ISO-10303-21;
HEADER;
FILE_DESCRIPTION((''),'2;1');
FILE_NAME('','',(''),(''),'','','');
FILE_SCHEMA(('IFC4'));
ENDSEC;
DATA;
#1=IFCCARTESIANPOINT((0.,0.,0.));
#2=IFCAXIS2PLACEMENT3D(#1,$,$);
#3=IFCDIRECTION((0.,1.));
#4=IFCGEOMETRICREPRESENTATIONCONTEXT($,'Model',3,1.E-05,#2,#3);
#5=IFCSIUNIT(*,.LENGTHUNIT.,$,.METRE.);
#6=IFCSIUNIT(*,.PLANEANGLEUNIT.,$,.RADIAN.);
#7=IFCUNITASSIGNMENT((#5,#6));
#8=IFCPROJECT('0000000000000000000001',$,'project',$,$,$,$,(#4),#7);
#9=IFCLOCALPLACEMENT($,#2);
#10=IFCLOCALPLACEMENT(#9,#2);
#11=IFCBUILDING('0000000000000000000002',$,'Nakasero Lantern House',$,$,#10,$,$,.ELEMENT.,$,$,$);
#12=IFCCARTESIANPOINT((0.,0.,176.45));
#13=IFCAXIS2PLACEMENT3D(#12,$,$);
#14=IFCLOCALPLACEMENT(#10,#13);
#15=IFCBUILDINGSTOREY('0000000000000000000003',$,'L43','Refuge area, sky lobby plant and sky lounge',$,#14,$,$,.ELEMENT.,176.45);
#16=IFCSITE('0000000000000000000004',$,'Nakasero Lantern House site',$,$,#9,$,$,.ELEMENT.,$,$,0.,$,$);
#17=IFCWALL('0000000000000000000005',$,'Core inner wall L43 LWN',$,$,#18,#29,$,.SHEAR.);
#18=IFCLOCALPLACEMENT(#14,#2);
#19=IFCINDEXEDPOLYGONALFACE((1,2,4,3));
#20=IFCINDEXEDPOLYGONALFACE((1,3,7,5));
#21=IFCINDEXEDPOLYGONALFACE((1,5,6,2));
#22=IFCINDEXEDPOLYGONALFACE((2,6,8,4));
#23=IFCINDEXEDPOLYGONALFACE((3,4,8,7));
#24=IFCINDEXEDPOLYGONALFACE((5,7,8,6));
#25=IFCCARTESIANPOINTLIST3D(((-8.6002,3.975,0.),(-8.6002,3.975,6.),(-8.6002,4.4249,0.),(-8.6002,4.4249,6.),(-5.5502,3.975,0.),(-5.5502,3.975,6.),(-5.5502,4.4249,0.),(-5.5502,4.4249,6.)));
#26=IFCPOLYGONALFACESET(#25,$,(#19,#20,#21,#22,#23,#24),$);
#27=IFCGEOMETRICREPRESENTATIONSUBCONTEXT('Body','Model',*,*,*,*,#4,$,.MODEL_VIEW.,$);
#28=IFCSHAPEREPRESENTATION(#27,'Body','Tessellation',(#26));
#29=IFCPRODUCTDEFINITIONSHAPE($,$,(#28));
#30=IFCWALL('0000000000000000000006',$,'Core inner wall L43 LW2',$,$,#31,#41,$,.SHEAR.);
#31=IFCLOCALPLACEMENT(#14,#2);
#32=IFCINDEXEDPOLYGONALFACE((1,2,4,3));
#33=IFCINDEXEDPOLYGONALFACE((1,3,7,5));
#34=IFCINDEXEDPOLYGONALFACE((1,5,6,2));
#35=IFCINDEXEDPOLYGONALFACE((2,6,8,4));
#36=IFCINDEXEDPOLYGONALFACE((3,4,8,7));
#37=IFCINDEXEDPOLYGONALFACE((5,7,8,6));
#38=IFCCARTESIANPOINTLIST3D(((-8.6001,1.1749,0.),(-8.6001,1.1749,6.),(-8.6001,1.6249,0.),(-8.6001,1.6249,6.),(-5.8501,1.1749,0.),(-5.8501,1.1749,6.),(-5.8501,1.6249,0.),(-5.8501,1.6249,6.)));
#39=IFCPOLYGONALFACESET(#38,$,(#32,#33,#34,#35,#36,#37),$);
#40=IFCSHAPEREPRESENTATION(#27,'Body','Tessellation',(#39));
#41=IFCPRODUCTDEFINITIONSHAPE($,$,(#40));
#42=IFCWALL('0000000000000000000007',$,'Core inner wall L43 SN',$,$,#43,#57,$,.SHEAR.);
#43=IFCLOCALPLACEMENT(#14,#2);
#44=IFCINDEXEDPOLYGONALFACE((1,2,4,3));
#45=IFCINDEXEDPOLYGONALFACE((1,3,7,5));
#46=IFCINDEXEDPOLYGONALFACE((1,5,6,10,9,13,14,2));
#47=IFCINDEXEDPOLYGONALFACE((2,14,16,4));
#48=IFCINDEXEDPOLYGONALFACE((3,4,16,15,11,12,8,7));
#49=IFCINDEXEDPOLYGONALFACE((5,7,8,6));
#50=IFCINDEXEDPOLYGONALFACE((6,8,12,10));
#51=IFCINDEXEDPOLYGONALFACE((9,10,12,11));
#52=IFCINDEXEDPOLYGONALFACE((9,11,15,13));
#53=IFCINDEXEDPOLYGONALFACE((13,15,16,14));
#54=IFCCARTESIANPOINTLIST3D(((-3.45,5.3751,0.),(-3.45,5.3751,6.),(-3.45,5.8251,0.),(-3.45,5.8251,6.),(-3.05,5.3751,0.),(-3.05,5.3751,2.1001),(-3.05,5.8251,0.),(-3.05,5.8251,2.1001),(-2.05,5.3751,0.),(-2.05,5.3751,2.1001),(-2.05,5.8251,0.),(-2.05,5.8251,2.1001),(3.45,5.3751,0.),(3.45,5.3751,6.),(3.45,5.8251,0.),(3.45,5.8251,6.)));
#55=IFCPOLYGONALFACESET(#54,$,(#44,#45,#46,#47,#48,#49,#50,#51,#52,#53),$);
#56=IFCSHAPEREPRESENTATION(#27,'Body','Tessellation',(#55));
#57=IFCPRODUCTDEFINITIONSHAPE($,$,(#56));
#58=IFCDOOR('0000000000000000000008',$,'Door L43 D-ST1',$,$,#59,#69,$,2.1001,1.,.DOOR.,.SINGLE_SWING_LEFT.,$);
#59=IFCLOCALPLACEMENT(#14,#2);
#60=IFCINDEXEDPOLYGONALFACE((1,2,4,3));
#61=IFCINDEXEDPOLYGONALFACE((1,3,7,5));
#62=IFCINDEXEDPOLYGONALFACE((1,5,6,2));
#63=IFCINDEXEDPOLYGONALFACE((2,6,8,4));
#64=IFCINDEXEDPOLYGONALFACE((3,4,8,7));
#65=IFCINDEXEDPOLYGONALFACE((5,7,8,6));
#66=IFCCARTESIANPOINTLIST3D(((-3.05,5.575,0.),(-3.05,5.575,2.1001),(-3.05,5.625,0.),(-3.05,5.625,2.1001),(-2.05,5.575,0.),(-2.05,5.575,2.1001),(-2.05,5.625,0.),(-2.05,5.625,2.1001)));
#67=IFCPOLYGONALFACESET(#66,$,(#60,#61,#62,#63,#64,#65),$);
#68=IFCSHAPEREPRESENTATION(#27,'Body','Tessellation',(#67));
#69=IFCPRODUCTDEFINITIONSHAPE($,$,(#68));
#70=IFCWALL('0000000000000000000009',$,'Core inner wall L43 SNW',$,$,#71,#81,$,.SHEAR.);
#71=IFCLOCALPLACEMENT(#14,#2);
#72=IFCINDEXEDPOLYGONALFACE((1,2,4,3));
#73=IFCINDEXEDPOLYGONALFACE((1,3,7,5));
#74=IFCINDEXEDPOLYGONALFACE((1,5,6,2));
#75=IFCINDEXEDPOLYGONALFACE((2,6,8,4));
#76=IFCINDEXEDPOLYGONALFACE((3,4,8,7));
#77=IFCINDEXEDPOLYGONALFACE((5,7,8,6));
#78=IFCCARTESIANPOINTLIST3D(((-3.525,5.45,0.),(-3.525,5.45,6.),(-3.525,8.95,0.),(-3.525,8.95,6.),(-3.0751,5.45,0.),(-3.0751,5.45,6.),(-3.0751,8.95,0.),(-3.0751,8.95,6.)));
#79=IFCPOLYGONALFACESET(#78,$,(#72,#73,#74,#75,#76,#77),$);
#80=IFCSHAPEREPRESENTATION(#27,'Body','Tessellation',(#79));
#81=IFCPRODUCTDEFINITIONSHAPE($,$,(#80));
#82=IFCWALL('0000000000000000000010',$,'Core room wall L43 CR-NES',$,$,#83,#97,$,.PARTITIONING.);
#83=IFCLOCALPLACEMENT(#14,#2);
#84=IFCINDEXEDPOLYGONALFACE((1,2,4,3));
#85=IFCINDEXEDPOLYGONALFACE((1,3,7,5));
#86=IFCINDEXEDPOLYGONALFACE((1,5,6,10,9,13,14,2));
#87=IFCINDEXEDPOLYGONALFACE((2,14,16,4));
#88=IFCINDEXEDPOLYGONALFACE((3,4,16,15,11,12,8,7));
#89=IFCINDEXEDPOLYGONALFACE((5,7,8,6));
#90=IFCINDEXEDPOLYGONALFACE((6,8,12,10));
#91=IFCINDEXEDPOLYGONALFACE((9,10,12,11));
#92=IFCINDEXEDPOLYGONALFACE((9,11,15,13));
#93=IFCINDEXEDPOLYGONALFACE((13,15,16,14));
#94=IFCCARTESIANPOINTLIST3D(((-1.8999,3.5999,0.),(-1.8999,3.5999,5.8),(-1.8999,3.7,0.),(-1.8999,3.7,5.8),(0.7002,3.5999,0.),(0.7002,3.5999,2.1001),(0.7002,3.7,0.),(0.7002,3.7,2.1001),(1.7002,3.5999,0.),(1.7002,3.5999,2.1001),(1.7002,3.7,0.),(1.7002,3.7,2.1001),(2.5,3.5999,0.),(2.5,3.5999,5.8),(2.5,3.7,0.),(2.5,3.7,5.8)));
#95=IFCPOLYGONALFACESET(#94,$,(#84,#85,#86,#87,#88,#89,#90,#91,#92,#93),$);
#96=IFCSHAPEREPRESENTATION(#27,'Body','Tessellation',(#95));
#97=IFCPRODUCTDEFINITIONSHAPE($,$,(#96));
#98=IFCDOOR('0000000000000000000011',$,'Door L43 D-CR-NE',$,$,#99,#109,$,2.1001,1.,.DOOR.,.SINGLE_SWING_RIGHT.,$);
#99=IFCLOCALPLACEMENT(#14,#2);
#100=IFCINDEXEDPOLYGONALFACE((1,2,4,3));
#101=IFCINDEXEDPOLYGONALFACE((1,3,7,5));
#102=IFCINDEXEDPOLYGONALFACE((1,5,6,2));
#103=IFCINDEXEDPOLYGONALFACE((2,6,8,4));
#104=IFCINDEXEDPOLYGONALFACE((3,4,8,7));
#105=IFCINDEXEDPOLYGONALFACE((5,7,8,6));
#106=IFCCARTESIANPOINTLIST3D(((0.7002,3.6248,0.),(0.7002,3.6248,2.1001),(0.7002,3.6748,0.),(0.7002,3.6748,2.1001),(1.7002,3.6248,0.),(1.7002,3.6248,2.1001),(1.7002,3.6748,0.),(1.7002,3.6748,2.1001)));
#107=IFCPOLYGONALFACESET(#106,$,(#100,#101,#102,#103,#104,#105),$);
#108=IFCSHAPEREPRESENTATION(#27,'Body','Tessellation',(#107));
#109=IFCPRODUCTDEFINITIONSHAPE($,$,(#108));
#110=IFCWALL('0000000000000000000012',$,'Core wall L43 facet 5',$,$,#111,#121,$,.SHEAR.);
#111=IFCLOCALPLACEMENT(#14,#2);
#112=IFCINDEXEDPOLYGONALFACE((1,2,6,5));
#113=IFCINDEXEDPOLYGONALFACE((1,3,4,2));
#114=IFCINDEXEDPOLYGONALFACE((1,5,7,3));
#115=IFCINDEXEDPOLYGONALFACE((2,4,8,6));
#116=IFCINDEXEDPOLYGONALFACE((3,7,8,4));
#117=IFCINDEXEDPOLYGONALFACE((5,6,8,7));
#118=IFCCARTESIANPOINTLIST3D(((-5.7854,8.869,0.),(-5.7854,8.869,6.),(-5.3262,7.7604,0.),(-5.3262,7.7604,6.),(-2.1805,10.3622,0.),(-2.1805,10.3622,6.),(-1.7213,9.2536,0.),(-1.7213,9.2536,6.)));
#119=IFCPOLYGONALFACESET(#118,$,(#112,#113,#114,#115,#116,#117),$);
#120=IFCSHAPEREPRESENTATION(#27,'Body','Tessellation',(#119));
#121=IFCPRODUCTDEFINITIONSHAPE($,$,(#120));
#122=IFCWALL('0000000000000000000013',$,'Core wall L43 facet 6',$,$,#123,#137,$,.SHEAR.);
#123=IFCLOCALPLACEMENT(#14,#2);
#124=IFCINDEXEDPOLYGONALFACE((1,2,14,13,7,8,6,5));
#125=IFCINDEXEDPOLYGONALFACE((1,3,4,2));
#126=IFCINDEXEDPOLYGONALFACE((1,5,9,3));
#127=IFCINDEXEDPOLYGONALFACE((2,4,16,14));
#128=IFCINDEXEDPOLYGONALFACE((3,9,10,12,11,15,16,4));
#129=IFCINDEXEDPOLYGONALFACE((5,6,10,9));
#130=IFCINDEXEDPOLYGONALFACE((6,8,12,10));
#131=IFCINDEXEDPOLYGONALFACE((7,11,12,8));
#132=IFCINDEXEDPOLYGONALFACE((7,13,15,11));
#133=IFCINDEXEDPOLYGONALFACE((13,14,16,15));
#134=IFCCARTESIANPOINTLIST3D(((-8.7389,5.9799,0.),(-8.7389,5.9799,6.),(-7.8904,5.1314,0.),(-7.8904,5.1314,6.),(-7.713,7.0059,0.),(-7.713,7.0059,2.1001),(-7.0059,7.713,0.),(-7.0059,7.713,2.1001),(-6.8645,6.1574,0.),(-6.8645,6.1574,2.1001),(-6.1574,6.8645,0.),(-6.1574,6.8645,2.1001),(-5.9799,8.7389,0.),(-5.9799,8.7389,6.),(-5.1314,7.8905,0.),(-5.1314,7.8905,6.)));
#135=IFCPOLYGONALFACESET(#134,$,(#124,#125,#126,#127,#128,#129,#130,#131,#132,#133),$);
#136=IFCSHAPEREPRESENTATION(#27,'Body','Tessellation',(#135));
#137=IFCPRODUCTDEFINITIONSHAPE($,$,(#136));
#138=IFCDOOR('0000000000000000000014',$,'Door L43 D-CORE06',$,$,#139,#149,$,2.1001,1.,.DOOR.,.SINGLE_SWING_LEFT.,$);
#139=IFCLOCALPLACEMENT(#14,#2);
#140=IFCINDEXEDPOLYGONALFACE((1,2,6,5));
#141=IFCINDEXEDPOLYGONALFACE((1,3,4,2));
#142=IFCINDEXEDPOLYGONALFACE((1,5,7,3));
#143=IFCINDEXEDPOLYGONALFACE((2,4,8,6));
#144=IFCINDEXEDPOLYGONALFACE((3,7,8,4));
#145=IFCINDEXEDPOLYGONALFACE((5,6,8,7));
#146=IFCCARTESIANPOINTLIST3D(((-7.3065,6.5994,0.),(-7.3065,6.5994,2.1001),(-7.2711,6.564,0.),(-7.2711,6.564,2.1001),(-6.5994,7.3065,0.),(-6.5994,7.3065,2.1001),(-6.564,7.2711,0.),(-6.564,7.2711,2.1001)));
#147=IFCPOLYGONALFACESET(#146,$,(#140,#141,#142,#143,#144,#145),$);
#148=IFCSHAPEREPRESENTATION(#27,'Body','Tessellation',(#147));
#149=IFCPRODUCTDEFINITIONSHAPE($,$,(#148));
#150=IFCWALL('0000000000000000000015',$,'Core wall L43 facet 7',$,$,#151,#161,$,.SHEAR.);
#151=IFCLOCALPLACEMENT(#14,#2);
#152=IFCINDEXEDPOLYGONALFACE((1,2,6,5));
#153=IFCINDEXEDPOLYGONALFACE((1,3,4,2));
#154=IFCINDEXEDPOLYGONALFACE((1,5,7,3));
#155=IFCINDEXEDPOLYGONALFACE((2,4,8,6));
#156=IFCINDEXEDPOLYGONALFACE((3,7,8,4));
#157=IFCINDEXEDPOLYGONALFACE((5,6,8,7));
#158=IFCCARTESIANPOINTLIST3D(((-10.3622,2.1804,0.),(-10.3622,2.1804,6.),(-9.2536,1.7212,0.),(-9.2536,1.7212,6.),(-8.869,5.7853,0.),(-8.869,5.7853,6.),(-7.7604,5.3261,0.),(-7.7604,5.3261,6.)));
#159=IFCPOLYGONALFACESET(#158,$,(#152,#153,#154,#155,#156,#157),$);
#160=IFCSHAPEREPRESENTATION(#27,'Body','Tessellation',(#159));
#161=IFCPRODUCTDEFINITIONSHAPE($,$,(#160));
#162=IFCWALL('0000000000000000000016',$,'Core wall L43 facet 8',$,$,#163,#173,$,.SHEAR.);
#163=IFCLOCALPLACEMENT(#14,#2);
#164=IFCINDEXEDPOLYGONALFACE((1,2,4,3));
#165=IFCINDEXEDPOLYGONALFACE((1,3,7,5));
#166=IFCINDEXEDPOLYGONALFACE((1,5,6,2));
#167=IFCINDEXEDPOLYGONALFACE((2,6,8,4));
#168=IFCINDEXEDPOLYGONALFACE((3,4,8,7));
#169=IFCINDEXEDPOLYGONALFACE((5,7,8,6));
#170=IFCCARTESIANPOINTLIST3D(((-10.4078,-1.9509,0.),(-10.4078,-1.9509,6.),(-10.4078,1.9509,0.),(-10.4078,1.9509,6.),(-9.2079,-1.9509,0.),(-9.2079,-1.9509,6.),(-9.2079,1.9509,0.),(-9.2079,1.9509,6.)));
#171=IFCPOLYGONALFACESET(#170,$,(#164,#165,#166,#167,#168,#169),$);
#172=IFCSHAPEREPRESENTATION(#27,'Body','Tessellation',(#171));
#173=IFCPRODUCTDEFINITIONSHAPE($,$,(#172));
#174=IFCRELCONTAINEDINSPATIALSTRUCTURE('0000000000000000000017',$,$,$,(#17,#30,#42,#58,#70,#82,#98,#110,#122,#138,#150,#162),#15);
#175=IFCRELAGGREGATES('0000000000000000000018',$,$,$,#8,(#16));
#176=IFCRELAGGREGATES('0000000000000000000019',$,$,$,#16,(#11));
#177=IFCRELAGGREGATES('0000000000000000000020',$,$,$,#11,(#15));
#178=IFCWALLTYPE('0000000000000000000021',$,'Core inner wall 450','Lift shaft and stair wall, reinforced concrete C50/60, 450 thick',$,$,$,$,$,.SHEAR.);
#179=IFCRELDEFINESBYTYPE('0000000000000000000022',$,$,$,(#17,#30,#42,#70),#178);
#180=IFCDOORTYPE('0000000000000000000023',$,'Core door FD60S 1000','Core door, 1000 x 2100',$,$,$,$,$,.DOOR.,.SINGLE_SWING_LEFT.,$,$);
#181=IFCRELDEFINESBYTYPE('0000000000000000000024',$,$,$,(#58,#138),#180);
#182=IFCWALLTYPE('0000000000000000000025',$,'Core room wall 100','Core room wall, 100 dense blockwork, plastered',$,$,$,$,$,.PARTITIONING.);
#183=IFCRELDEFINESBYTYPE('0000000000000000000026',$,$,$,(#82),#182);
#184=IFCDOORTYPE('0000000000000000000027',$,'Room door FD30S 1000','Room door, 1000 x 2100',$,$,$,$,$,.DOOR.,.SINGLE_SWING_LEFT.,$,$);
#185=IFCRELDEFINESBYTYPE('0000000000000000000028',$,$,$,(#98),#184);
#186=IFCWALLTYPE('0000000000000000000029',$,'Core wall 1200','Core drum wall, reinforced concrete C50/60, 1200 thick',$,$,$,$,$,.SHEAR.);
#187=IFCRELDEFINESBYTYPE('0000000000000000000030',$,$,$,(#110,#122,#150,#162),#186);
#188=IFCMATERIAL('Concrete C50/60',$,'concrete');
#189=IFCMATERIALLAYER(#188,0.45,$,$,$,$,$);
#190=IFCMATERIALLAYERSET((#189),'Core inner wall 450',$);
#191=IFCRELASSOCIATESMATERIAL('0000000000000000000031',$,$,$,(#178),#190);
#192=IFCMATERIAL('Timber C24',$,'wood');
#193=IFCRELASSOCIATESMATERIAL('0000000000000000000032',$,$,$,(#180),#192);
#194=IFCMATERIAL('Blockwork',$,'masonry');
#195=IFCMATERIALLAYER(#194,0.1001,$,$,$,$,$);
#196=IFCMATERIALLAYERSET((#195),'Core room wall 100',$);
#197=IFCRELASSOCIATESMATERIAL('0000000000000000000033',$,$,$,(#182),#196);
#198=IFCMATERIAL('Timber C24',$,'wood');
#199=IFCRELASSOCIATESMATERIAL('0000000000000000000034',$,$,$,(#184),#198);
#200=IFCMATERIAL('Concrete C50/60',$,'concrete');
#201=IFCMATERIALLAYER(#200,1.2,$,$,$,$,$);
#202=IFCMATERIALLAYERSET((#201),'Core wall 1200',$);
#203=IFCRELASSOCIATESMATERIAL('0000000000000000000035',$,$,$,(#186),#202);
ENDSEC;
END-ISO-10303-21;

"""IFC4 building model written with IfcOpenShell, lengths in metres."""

from ifc_helpers import new_model, si_unit, direction, frame, frame_2d, origin, place, context, subcontext, project, spatial, rectangle, extrude, material, layer, layer_set, type_object, element, fill, save


model = new_model("IFC4")

# Units and contexts
model_context = context("Model", 3, precision=1e-05, world=origin(), true_north=direction((0.0, 1.0)))
body_context = subcontext(model_context, "Body", "Model", "MODEL_VIEW")
ifc_project = project(units=[si_unit("LENGTHUNIT", "METRE"), si_unit("PLANEANGLEUNIT", "RADIAN")], contexts=[model_context])

# Site, building, storey
site_placement = place(None, origin())
site = spatial("IfcSite", under=ifc_project, at=site_placement, Name="Nakasero Lantern House site", CompositionType="ELEMENT", RefElevation=0.0)
building_placement = place(site_placement, origin())
building = spatial("IfcBuilding", under=site, at=building_placement, Name="Nakasero Lantern House", CompositionType="ELEMENT")
storey_placement = place(building_placement, frame((0.0, 0.0, 176.45)))
storey = spatial("IfcBuildingStorey", under=building, at=storey_placement, Name="L43", Description="Refuge area, sky lobby plant and sky lounge", CompositionType="ELEMENT", Elevation=176.45)

# Walls
ifc_material_1 = material(Name="Concrete C50/60", Category="concrete")
ifc_layer_1 = layer(ifc_material_1, 0.45)
ifc_layer_set_1 = layer_set([ifc_layer_1], Name="Core inner wall 450")
wall_type_1 = type_object("IfcWallType", Name="Core inner wall 450", Description="Lift shaft and stair wall, reinforced concrete C50/60, 450 thick", PredefinedType="SHEAR", material=ifc_layer_set_1)
wall_1_placement = place(storey_placement, frame((-8.6001, 4.2, 0.0), z_axis=(0.0, 0.0, 1.0), x_axis=(1.0, 0.0, 0.0)))
element("IfcWall", 1, at=wall_1_placement, inside=storey, type_object=wall_type_1, Name="Core inner wall L43 LWN", PredefinedType="SHEAR", context=body_context, shape_type="SweptSolid", body=[
    extrude(rectangle(XDim=3.05, YDim=0.45, at=frame_2d((1.5249, 0.0))), origin(), (0.0, 0.0, 1.0), 6.0),
])
wall_2_placement = place(storey_placement, frame((-8.6001, 1.3999, 0.0), z_axis=(0.0, 0.0, 1.0), x_axis=(1.0, 0.0, 0.0)))
element("IfcWall", 2, at=wall_2_placement, inside=storey, type_object=wall_type_1, Name="Core inner wall L43 LW2", PredefinedType="SHEAR", context=body_context, shape_type="SweptSolid", body=[
    extrude(rectangle(XDim=2.75, YDim=0.45, at=frame_2d((1.375, 0.0))), origin(), (0.0, 0.0, 1.0), 6.0),
])

# Wall, opening, door
wall_3_placement = place(storey_placement, frame((-3.45, 5.6001, 0.0), z_axis=(0.0, 0.0, 1.0), x_axis=(1.0, 0.0, 0.0)))
wall_3 = element("IfcWall", 3, at=wall_3_placement, inside=storey, type_object=wall_type_1, Name="Core inner wall L43 SN", PredefinedType="SHEAR", context=body_context, shape_type="SweptSolid", body=[
    extrude(rectangle(XDim=6.8999, YDim=0.45, at=frame_2d((3.45, 0.0))), origin(), (0.0, 0.0, 1.0), 6.0),
])
opening_1_placement = place(wall_3_placement, frame((0.3999, 0.0, 0.0)))
opening_1 = element("IfcOpeningElement", 4, at=opening_1_placement, cuts=wall_3, PredefinedType="OPENING", context=body_context, shape_type="SweptSolid", body=[
    extrude(rectangle(XDim=1.0, YDim=2.1001, at=frame_2d((0.5, 1.05))), frame((0.0, 0.2449, 0.0), z_axis=(0.0, -1.0, 0.0), x_axis=(1.0, 0.0, 0.0)), (0.0, 0.0, 1.0), 0.49),
])
ifc_material_2 = material(Name="Timber C24", Category="wood")
door_type_1 = type_object("IfcDoorType", Name="Core door FD60S 1000", Description="Core door, 1000 x 2100", OperationType="SINGLE_SWING_LEFT", PredefinedType="DOOR", material=ifc_material_2)
door_1_placement = place(opening_1_placement, origin())
door_1 = element("IfcDoor", 5, at=door_1_placement, inside=storey, type_object=door_type_1, Name="Door L43 D-ST1", OperationType="SINGLE_SWING_LEFT", OverallHeight=2.1001, OverallWidth=1.0, PredefinedType="DOOR", context=body_context, shape_type="SweptSolid", body=[
    extrude(rectangle(XDim=1.0, YDim=2.1001, at=frame_2d((0.5, 1.05))), frame((0.0, 0.0249, 0.0), z_axis=(0.0, -1.0, 0.0), x_axis=(1.0, 0.0, 0.0)), (0.0, 0.0, 1.0), 0.05),
])
fill(opening_1, door_1)

# Wall
wall_4_placement = place(storey_placement, frame((-3.3, 5.45, 0.0), z_axis=(0.0, 0.0, 1.0), x_axis=(0.0, 1.0, 0.0)))
element("IfcWall", 6, at=wall_4_placement, inside=storey, type_object=wall_type_1, Name="Core inner wall L43 SNW", PredefinedType="SHEAR", context=body_context, shape_type="SweptSolid", body=[
    extrude(rectangle(XDim=3.5, YDim=0.45, at=frame_2d((1.75, 0.0))), origin(), (0.0, 0.0, 1.0), 6.0),
])

# Wall, opening, door
ifc_material_3 = material(Name="Blockwork", Category="masonry")
ifc_layer_2 = layer(ifc_material_3, 0.1001)
ifc_layer_set_2 = layer_set([ifc_layer_2], Name="Core room wall 100")
wall_type_2 = type_object("IfcWallType", Name="Core room wall 100", Description="Core room wall, 100 dense blockwork, plastered", PredefinedType="PARTITIONING", material=ifc_layer_set_2)
wall_5_placement = place(storey_placement, frame((-1.8999, 3.6499, 0.0), z_axis=(0.0, 0.0, 1.0), x_axis=(1.0, 0.0, 0.0)))
wall_5 = element("IfcWall", 7, at=wall_5_placement, inside=storey, type_object=wall_type_2, Name="Core room wall L43 CR-NES", PredefinedType="PARTITIONING", context=body_context, shape_type="SweptSolid", body=[
    extrude(rectangle(XDim=4.3999, YDim=0.1001, at=frame_2d((2.2, 0.0))), origin(), (0.0, 0.0, 1.0), 5.8),
])
opening_2_placement = place(wall_5_placement, frame((2.6001, 0.0, 0.0)))
opening_2 = element("IfcOpeningElement", 8, at=opening_2_placement, cuts=wall_5, PredefinedType="OPENING", context=body_context, shape_type="SweptSolid", body=[
    extrude(rectangle(XDim=1.0, YDim=2.1001, at=frame_2d((0.5, 1.05))), frame((0.0, 0.0701, 0.0), z_axis=(0.0, -1.0, 0.0), x_axis=(1.0, 0.0, 0.0)), (0.0, 0.0, 1.0), 0.1401),
])
ifc_material_4 = material(Name="Timber C24", Category="wood")
door_type_2 = type_object("IfcDoorType", Name="Room door FD30S 1000", Description="Room door, 1000 x 2100", OperationType="SINGLE_SWING_LEFT", PredefinedType="DOOR", material=ifc_material_4)
door_2_placement = place(opening_2_placement, origin())
door_2 = element("IfcDoor", 9, at=door_2_placement, inside=storey, type_object=door_type_2, Name="Door L43 D-CR-NE", OperationType="SINGLE_SWING_RIGHT", OverallHeight=2.1001, OverallWidth=1.0, PredefinedType="DOOR", context=body_context, shape_type="SweptSolid", body=[
    extrude(rectangle(XDim=1.0, YDim=2.1001, at=frame_2d((0.5, 1.05))), frame((0.0, 0.0249, 0.0), z_axis=(0.0, -1.0, 0.0), x_axis=(1.0, 0.0, 0.0)), (0.0, 0.0, 1.0), 0.05),
])
fill(opening_2, door_2)

# Wall
ifc_material_5 = material(Name="Concrete C50/60", Category="concrete")
ifc_layer_3 = layer(ifc_material_5, 1.2)
ifc_layer_set_3 = layer_set([ifc_layer_3], Name="Core wall 1200")
wall_type_3 = type_object("IfcWallType", Name="Core wall 1200", Description="Core drum wall, reinforced concrete C50/60, 1200 thick", PredefinedType="SHEAR", material=ifc_layer_set_3)
wall_6_placement = place(storey_placement, frame((-1.9509, 9.8079, 0.0), z_axis=(0.0, 0.0, 1.0), x_axis=(-0.923877, -0.382691, 0.0)))
element("IfcWall", 10, at=wall_6_placement, inside=storey, type_object=wall_type_3, Name="Core wall L43 facet 5", PredefinedType="SHEAR", context=body_context, shape_type="SweptSolid", body=[
    extrude(rectangle(XDim=3.9019, YDim=1.2, at=frame_2d((1.9509, 0.0))), origin(), (0.0, 0.0, 1.0), 6.0),
])

# Wall, opening, door
wall_7_placement = place(storey_placement, frame((-5.5557, 8.3147, 0.0), z_axis=(0.0, 0.0, 1.0), x_axis=(-0.707107, -0.707107, 0.0)))
wall_7 = element("IfcWall", 11, at=wall_7_placement, inside=storey, type_object=wall_type_3, Name="Core wall L43 facet 6", PredefinedType="SHEAR", context=body_context, shape_type="SweptSolid", body=[
    extrude(rectangle(XDim=3.9019, YDim=1.2, at=frame_2d((1.9509, 0.0))), origin(), (0.0, 0.0, 1.0), 6.0),
])
opening_3_placement = place(wall_7_placement, frame((1.4509, 0.0, 0.0)))
opening_3 = element("IfcOpeningElement", 12, at=opening_3_placement, cuts=wall_7, PredefinedType="OPENING", context=body_context, shape_type="SweptSolid", body=[
    extrude(rectangle(XDim=1.0, YDim=2.1001, at=frame_2d((0.5, 1.05))), frame((0.0, 0.6199, 0.0), z_axis=(0.0, -1.0, 0.0), x_axis=(1.0, 0.0, 0.0)), (0.0, 0.0, 1.0), 1.24),
])
door_3_placement = place(opening_3_placement, origin())
door_3 = element("IfcDoor", 13, at=door_3_placement, inside=storey, type_object=door_type_1, Name="Door L43 D-CORE06", OperationType="SINGLE_SWING_LEFT", OverallHeight=2.1001, OverallWidth=1.0, PredefinedType="DOOR", context=body_context, shape_type="SweptSolid", body=[
    extrude(rectangle(XDim=1.0, YDim=2.1001, at=frame_2d((0.5, 1.05))), frame((0.0, 0.0249, 0.0), z_axis=(0.0, -1.0, 0.0), x_axis=(1.0, 0.0, 0.0)), (0.0, 0.0, 1.0), 0.05),
])
fill(opening_3, door_3)

# Walls
for number, where, z_axis, x_axis, name in (
    (14, (-8.3147, 5.5557, 0.0), (0.0, 0.0, 1.0), (-0.382691, -0.923877, 0.0), "Core wall L43 facet 7"),
    (15, (-9.8079, 1.9509, 0.0), (0.0, 0.0, 1.0), (0.0, -1.0, 0.0), "Core wall L43 facet 8"),
):
    element("IfcWall", number, at=place(storey_placement, frame(where, z_axis=z_axis, x_axis=x_axis)), inside=storey, type_object=wall_type_3, Name=name, PredefinedType="SHEAR", context=body_context, shape_type="SweptSolid", body=[
        extrude(rectangle(XDim=3.9019, YDim=1.2, at=frame_2d((1.9509, 0.0))), origin(), (0.0, 0.0, 1.0), 6.0),
    ])

save(model, "model.ifc")
